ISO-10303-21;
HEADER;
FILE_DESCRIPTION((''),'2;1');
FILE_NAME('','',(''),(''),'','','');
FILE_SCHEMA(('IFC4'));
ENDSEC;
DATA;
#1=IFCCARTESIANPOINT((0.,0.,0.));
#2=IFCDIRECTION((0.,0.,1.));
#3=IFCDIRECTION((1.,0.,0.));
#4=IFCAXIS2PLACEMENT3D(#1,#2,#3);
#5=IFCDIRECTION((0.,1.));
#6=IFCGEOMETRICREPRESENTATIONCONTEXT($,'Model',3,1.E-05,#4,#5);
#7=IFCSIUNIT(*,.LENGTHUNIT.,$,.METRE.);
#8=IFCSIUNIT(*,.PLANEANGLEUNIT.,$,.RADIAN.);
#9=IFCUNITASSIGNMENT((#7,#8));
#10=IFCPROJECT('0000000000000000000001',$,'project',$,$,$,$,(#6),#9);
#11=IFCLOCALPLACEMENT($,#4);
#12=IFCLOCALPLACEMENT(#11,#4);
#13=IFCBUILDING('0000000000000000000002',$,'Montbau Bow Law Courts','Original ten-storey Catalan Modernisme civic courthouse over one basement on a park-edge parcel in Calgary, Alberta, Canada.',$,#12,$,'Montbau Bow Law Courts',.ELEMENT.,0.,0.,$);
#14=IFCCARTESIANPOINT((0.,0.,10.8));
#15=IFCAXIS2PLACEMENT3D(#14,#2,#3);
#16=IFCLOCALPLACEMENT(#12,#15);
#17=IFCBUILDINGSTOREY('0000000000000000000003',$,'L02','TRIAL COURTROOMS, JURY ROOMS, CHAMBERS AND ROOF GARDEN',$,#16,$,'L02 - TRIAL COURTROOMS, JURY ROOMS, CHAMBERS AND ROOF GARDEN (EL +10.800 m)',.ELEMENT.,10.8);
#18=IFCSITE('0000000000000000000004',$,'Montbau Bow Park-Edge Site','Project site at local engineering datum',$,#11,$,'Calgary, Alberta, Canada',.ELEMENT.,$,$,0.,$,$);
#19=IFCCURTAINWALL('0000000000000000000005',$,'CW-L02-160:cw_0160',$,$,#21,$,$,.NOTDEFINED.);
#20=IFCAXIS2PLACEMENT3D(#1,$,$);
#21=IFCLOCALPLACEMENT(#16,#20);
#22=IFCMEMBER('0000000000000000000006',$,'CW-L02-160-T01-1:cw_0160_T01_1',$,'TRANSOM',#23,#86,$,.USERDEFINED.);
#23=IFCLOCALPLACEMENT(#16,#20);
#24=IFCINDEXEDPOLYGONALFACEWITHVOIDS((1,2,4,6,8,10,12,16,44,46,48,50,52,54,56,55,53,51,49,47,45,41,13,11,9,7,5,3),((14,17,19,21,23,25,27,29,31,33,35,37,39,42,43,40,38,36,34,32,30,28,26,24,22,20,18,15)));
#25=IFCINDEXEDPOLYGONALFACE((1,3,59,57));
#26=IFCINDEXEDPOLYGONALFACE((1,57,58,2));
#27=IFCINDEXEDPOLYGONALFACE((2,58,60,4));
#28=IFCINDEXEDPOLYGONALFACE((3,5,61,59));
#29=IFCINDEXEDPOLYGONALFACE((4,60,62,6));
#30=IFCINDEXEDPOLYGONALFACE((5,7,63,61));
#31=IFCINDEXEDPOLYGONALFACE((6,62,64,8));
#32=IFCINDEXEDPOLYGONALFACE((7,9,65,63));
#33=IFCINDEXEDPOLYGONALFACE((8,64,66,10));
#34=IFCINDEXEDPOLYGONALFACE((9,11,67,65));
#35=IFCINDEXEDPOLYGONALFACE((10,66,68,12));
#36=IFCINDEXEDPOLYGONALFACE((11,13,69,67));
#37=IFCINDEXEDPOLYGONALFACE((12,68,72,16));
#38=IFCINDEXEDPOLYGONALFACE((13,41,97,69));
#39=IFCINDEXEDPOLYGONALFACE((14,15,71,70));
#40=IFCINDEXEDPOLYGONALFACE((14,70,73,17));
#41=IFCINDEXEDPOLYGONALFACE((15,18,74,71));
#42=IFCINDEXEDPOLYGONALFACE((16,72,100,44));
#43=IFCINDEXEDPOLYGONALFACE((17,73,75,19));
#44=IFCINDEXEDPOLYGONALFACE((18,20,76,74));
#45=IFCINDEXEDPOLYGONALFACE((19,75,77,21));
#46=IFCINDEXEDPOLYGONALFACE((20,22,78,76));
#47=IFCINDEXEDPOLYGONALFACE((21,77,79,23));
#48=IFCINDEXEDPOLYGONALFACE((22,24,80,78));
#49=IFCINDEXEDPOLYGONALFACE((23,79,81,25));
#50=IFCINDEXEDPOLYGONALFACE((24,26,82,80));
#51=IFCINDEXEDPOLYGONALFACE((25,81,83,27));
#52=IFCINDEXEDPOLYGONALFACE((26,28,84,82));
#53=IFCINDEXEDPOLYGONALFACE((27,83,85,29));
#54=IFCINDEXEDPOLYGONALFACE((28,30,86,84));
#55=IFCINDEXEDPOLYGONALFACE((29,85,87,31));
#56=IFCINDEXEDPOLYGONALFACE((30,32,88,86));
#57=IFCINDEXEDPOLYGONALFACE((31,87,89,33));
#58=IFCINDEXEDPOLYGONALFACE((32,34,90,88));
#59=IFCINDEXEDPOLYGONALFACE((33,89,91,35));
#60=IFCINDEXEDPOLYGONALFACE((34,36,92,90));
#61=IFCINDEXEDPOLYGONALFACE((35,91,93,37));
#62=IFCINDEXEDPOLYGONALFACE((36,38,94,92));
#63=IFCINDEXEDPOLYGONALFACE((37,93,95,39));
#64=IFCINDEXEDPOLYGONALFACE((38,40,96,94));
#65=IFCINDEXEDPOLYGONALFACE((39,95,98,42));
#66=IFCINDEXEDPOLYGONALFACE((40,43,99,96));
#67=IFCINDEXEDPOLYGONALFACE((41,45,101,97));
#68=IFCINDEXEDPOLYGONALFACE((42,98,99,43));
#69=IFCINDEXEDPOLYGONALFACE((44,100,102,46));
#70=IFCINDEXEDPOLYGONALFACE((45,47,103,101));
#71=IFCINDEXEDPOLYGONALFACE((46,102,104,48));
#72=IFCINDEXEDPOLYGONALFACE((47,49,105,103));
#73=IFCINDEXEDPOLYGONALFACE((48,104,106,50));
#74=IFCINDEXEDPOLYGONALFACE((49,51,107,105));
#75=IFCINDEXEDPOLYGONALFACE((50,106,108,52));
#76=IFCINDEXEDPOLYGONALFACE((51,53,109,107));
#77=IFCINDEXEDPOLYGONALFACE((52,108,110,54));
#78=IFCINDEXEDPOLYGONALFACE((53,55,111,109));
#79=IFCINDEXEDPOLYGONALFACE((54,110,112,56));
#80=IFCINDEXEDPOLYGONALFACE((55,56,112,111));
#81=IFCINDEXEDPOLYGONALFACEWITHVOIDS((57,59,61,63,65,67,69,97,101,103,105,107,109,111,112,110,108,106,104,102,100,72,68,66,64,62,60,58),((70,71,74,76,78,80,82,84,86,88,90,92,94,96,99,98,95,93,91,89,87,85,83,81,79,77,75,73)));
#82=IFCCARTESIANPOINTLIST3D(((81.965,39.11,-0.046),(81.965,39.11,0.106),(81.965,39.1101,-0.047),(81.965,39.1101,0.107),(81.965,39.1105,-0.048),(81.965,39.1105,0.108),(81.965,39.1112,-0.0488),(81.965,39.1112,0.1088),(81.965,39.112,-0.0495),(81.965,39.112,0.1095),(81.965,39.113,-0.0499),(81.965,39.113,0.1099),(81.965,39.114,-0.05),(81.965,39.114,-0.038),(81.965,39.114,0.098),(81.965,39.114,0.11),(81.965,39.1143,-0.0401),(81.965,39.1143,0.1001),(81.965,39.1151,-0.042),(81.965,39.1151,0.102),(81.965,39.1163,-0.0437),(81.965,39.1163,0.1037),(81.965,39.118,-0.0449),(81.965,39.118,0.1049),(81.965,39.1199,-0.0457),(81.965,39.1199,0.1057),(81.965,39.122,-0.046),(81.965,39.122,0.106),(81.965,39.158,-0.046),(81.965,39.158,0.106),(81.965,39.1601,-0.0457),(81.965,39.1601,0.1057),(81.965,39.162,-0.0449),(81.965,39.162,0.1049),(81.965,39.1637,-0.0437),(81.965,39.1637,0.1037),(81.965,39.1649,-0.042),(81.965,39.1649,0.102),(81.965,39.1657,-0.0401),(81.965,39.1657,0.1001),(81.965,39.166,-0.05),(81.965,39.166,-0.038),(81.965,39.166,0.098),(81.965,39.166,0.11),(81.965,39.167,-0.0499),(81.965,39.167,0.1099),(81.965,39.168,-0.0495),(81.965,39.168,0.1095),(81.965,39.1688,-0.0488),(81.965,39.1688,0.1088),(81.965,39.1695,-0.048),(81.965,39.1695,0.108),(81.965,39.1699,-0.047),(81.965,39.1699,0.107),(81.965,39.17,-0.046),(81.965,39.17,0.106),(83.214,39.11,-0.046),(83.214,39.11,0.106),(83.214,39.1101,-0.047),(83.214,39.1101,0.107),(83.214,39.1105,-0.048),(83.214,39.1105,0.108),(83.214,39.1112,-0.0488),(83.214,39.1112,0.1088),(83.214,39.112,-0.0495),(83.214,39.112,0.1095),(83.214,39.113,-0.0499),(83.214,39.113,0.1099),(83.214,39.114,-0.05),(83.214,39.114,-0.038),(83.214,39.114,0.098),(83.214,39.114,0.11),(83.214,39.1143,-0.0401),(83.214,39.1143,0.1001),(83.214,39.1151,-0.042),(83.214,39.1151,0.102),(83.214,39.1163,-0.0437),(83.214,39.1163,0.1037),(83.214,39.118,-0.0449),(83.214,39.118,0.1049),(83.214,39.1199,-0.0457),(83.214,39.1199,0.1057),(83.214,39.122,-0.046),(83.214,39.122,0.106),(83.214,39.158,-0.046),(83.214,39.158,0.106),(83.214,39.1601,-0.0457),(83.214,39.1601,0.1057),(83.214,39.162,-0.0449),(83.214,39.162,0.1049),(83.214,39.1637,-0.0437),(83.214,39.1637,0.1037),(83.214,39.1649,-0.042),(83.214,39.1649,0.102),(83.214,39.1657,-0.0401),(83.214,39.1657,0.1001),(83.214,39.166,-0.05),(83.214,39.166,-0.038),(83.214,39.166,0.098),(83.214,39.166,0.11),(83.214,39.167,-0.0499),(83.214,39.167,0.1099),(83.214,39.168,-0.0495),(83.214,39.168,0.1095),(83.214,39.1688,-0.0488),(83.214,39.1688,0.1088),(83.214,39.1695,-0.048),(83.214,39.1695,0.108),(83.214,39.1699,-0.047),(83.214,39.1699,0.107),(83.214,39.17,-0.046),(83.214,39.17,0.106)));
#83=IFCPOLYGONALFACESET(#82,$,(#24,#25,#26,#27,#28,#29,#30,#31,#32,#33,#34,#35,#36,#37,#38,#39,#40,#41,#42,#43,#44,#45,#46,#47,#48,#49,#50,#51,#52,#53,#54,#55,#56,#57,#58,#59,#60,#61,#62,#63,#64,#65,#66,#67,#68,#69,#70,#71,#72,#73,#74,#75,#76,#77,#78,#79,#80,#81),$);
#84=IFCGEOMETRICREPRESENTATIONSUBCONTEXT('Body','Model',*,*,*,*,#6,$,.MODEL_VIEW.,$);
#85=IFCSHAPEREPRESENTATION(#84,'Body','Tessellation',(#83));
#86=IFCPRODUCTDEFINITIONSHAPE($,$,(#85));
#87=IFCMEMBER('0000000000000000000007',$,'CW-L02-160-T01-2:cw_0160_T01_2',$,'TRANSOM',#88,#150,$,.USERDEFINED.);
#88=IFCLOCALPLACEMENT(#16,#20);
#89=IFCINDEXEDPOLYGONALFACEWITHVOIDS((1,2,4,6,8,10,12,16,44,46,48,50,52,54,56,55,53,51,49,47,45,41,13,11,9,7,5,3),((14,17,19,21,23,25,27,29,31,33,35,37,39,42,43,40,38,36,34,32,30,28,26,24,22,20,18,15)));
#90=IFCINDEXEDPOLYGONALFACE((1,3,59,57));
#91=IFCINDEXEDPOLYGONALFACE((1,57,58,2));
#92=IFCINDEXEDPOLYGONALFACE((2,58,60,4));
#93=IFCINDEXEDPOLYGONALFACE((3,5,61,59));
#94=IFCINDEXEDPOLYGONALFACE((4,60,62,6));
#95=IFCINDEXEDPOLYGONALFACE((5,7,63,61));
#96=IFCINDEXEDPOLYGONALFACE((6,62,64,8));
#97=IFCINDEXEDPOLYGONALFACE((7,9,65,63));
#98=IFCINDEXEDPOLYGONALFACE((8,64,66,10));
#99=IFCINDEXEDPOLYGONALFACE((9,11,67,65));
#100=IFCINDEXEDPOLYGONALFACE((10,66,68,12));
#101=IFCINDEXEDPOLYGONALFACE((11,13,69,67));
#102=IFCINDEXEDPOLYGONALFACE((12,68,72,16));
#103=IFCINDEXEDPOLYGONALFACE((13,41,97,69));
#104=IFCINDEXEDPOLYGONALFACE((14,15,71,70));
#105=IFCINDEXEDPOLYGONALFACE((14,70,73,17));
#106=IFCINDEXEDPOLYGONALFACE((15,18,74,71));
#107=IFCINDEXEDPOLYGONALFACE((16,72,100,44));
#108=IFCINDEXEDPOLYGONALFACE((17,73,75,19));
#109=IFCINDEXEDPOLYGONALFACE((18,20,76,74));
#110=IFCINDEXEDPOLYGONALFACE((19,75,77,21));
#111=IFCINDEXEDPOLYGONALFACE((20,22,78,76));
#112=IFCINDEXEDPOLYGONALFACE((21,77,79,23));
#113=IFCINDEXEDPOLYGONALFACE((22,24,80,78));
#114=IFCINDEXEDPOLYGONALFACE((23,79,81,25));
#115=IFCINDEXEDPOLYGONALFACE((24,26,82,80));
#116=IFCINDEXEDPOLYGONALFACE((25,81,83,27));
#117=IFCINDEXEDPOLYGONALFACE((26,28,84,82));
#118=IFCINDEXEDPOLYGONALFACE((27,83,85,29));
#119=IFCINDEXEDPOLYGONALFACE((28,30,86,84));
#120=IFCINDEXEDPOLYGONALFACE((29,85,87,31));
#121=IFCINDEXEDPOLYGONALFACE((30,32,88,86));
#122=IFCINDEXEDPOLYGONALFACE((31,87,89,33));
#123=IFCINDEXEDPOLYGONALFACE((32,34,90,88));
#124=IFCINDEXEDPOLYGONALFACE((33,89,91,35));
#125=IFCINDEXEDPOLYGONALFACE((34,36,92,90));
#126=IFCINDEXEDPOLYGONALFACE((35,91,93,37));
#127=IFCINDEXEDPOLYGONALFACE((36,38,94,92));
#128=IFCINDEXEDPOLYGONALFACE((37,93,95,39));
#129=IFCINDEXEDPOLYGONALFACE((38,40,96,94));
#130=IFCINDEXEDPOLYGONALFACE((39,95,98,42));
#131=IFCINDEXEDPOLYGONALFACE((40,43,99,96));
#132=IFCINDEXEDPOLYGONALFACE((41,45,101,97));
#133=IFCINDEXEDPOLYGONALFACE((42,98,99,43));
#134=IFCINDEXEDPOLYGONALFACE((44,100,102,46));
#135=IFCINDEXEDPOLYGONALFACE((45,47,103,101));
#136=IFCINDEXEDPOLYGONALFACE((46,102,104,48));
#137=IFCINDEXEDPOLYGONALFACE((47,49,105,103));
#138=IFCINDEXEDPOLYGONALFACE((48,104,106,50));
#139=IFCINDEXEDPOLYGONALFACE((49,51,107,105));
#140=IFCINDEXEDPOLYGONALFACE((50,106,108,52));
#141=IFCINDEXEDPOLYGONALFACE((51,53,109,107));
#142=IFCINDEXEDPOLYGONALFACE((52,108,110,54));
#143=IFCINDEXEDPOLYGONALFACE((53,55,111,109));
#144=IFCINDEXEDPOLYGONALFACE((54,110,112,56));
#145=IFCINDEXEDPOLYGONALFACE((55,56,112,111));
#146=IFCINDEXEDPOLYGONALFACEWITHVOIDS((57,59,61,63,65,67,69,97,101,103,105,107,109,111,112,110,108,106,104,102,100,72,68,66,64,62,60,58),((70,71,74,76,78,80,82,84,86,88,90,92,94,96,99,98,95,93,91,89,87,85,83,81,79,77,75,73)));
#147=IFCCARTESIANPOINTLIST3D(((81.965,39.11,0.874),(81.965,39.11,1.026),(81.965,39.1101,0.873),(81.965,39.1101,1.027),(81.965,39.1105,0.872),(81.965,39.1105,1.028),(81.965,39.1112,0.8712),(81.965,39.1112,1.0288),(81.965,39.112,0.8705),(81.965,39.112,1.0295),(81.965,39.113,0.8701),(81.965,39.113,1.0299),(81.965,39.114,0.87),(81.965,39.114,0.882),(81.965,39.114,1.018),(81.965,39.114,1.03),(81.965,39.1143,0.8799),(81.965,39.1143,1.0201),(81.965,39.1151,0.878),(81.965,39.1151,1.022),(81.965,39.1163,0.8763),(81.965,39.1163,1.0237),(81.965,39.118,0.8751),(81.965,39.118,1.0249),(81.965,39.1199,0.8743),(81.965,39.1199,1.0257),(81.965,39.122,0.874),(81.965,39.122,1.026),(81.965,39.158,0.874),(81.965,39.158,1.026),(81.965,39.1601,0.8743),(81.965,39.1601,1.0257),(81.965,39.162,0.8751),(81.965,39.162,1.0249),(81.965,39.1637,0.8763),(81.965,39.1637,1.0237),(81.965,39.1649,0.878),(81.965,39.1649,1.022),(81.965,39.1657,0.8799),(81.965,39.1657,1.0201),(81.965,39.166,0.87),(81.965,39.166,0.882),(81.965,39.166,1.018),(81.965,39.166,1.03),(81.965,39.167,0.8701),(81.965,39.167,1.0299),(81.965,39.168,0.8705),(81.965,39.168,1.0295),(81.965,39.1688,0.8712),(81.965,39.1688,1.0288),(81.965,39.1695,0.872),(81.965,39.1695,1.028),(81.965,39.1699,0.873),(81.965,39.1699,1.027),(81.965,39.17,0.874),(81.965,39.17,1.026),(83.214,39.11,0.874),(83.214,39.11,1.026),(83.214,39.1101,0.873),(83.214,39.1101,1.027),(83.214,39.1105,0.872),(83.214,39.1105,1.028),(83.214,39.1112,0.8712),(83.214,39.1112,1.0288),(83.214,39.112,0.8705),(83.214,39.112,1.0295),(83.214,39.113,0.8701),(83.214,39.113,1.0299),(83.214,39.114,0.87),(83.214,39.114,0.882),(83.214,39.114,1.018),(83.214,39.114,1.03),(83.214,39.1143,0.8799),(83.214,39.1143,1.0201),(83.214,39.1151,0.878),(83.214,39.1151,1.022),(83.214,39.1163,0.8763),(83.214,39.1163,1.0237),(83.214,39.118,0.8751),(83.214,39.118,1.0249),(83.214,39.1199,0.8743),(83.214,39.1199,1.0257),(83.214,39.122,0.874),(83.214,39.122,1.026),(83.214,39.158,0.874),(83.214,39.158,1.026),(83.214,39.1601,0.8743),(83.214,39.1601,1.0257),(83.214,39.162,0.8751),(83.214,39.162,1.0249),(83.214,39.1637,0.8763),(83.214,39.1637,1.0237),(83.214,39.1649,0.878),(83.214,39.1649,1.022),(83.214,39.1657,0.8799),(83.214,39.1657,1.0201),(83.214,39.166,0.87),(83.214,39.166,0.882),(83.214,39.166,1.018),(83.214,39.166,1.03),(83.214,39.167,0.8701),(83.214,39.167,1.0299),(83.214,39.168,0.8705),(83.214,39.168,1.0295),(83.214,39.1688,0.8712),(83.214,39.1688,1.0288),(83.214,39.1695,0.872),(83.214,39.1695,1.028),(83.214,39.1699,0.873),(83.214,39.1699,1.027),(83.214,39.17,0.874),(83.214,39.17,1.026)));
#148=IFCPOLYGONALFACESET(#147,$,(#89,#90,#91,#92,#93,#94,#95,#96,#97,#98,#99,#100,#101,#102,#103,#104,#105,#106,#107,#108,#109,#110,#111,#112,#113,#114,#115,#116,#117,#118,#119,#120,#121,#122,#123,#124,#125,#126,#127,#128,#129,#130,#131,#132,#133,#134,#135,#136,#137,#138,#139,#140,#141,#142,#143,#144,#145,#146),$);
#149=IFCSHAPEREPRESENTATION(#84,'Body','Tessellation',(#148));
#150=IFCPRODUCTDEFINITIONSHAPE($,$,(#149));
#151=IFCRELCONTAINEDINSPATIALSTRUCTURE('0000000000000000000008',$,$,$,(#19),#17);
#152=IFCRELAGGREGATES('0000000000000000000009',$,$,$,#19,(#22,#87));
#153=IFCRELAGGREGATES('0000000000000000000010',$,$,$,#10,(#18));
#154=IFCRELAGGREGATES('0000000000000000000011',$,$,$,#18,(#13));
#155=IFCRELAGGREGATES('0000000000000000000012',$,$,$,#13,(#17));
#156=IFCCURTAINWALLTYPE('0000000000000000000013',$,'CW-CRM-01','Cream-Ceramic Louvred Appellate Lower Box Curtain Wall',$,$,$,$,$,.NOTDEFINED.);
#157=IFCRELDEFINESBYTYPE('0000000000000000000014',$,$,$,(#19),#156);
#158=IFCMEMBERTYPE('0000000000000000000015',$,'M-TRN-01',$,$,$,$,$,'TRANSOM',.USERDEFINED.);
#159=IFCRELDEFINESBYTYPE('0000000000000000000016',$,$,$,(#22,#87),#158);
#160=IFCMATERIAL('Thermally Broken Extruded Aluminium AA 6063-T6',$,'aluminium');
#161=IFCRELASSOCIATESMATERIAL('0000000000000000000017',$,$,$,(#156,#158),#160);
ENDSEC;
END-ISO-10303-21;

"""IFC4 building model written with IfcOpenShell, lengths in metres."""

from ifc_helpers import new_model, si_unit, direction, frame, origin_with_axes, origin_2d_with_axis, place, context, subcontext, project, spatial, hollow_rectangle, extrude, material, material_profile, profile_set, type_object, element, aggregate, save


model = new_model("IFC4")

# Units and contexts
model_context = context("Model", 3, precision=1e-05, world=origin_with_axes(), true_north=direction((0.0, 1.0)))
body_context = subcontext(model_context, "Body", "Model", "MODEL_VIEW")
ifc_project = project(units=[si_unit("LENGTHUNIT", "METRE"), si_unit("PLANEANGLEUNIT", "RADIAN")], contexts=[model_context])

# Site, building, storey
site_placement = place(None, origin_with_axes())
site = spatial("IfcSite", under=ifc_project, at=site_placement, Name="Montbau Bow Park-Edge Site", Description="Project site at local engineering datum", LongName="Calgary, Alberta, Canada", CompositionType="ELEMENT", RefElevation=0.0)
building_placement = place(site_placement, origin_with_axes())
building = spatial("IfcBuilding", under=site, at=building_placement, Name="Montbau Bow Law Courts", Description="Original ten-storey Catalan Modernisme civic courthouse over one basement on a park-edge parcel in Calgary, Alberta, Canada.", LongName="Montbau Bow Law Courts", CompositionType="ELEMENT", ElevationOfRefHeight=0.0, ElevationOfTerrain=0.0)
storey_placement = place(building_placement, frame((0.0, 0.0, 10.8), z_axis=(0.0, 0.0, 1.0), x_axis=(1.0, 0.0, 0.0)))
storey = spatial("IfcBuildingStorey", under=building, at=storey_placement, Name="L02", Description="TRIAL COURTROOMS, JURY ROOMS, CHAMBERS AND ROOF GARDEN", LongName="L02 - TRIAL COURTROOMS, JURY ROOMS, CHAMBERS AND ROOF GARDEN (EL +10.800 m)", CompositionType="ELEMENT", Elevation=10.8)

# Shared definitions
ifc_material_1 = material(Name="Thermally Broken Extruded Aluminium AA 6063-T6", Category="aluminium")
curtain_wall_type = type_object("IfcCurtainWallType", Name="CW-CRM-01", Description="Cream-Ceramic Louvred Appellate Lower Box Curtain Wall", PredefinedType="NOTDEFINED", material=ifc_material_1)

# Curtain wall, members
curtain_wall_1_placement = place(None, frame((81.897, 39.14, 10.8), z_axis=(0.0, 0.0, 1.0), x_axis=(1.0, 0.0, 0.0)))
curtain_wall_1 = element("IfcCurtainWall", 1, at=curtain_wall_1_placement, inside=storey, type_object=curtain_wall_type, Name="CW-L02-160:cw_0160", PredefinedType="NOTDEFINED")
ifc_material_profile_1 = material_profile(ifc_material_1, hollow_rectangle(XDim=0.06, YDim=0.16, WallThickness=0.004, InnerFilletRadius=0.008, OuterFilletRadius=0.004, at=origin_2d_with_axis()), Name="CWT-160X60", Category="Main", Priority=0)
ifc_profile_set_1 = profile_set([ifc_material_profile_1], Name="Thermally Broken Extruded Aluminium AA 6063-T6")
member_type_1 = type_object("IfcMemberType", Name="M-TRN-01", ElementType="TRANSOM", PredefinedType="USERDEFINED", material=ifc_profile_set_1)
member_1_placement = place(None, frame((81.965, 39.14, 10.83), z_axis=(1.0, 0.0, 0.0), x_axis=(0.0, 1.0, 0.0)))
member_1 = element("IfcMember", 2, at=member_1_placement, type_object=member_type_1, Name="CW-L02-160-T01-1:cw_0160_T01_1", ObjectType="TRANSOM", PredefinedType="USERDEFINED", context=body_context, shape_type="SweptSolid", body=[
    extrude(hollow_rectangle(XDim=0.06, YDim=0.16, WallThickness=0.004, InnerFilletRadius=0.008, OuterFilletRadius=0.004, at=origin_2d_with_axis()), origin_with_axes(), (0.0, 0.0, 1.0), 1.249),
])
member_2_placement = place(None, frame((81.965, 39.14, 11.75), z_axis=(1.0, 0.0, 0.0), x_axis=(0.0, 1.0, 0.0)))
member_2 = element("IfcMember", 3, at=member_2_placement, type_object=member_type_1, Name="CW-L02-160-T01-2:cw_0160_T01_2", ObjectType="TRANSOM", PredefinedType="USERDEFINED", context=body_context, shape_type="SweptSolid", body=[
    extrude(hollow_rectangle(XDim=0.06, YDim=0.16, WallThickness=0.004, InnerFilletRadius=0.008, OuterFilletRadius=0.004, at=origin_2d_with_axis()), origin_with_axes(), (0.0, 0.0, 1.0), 1.249),
])

aggregate(curtain_wall_1, [member_1, member_2])

save(model, "model.ifc")
